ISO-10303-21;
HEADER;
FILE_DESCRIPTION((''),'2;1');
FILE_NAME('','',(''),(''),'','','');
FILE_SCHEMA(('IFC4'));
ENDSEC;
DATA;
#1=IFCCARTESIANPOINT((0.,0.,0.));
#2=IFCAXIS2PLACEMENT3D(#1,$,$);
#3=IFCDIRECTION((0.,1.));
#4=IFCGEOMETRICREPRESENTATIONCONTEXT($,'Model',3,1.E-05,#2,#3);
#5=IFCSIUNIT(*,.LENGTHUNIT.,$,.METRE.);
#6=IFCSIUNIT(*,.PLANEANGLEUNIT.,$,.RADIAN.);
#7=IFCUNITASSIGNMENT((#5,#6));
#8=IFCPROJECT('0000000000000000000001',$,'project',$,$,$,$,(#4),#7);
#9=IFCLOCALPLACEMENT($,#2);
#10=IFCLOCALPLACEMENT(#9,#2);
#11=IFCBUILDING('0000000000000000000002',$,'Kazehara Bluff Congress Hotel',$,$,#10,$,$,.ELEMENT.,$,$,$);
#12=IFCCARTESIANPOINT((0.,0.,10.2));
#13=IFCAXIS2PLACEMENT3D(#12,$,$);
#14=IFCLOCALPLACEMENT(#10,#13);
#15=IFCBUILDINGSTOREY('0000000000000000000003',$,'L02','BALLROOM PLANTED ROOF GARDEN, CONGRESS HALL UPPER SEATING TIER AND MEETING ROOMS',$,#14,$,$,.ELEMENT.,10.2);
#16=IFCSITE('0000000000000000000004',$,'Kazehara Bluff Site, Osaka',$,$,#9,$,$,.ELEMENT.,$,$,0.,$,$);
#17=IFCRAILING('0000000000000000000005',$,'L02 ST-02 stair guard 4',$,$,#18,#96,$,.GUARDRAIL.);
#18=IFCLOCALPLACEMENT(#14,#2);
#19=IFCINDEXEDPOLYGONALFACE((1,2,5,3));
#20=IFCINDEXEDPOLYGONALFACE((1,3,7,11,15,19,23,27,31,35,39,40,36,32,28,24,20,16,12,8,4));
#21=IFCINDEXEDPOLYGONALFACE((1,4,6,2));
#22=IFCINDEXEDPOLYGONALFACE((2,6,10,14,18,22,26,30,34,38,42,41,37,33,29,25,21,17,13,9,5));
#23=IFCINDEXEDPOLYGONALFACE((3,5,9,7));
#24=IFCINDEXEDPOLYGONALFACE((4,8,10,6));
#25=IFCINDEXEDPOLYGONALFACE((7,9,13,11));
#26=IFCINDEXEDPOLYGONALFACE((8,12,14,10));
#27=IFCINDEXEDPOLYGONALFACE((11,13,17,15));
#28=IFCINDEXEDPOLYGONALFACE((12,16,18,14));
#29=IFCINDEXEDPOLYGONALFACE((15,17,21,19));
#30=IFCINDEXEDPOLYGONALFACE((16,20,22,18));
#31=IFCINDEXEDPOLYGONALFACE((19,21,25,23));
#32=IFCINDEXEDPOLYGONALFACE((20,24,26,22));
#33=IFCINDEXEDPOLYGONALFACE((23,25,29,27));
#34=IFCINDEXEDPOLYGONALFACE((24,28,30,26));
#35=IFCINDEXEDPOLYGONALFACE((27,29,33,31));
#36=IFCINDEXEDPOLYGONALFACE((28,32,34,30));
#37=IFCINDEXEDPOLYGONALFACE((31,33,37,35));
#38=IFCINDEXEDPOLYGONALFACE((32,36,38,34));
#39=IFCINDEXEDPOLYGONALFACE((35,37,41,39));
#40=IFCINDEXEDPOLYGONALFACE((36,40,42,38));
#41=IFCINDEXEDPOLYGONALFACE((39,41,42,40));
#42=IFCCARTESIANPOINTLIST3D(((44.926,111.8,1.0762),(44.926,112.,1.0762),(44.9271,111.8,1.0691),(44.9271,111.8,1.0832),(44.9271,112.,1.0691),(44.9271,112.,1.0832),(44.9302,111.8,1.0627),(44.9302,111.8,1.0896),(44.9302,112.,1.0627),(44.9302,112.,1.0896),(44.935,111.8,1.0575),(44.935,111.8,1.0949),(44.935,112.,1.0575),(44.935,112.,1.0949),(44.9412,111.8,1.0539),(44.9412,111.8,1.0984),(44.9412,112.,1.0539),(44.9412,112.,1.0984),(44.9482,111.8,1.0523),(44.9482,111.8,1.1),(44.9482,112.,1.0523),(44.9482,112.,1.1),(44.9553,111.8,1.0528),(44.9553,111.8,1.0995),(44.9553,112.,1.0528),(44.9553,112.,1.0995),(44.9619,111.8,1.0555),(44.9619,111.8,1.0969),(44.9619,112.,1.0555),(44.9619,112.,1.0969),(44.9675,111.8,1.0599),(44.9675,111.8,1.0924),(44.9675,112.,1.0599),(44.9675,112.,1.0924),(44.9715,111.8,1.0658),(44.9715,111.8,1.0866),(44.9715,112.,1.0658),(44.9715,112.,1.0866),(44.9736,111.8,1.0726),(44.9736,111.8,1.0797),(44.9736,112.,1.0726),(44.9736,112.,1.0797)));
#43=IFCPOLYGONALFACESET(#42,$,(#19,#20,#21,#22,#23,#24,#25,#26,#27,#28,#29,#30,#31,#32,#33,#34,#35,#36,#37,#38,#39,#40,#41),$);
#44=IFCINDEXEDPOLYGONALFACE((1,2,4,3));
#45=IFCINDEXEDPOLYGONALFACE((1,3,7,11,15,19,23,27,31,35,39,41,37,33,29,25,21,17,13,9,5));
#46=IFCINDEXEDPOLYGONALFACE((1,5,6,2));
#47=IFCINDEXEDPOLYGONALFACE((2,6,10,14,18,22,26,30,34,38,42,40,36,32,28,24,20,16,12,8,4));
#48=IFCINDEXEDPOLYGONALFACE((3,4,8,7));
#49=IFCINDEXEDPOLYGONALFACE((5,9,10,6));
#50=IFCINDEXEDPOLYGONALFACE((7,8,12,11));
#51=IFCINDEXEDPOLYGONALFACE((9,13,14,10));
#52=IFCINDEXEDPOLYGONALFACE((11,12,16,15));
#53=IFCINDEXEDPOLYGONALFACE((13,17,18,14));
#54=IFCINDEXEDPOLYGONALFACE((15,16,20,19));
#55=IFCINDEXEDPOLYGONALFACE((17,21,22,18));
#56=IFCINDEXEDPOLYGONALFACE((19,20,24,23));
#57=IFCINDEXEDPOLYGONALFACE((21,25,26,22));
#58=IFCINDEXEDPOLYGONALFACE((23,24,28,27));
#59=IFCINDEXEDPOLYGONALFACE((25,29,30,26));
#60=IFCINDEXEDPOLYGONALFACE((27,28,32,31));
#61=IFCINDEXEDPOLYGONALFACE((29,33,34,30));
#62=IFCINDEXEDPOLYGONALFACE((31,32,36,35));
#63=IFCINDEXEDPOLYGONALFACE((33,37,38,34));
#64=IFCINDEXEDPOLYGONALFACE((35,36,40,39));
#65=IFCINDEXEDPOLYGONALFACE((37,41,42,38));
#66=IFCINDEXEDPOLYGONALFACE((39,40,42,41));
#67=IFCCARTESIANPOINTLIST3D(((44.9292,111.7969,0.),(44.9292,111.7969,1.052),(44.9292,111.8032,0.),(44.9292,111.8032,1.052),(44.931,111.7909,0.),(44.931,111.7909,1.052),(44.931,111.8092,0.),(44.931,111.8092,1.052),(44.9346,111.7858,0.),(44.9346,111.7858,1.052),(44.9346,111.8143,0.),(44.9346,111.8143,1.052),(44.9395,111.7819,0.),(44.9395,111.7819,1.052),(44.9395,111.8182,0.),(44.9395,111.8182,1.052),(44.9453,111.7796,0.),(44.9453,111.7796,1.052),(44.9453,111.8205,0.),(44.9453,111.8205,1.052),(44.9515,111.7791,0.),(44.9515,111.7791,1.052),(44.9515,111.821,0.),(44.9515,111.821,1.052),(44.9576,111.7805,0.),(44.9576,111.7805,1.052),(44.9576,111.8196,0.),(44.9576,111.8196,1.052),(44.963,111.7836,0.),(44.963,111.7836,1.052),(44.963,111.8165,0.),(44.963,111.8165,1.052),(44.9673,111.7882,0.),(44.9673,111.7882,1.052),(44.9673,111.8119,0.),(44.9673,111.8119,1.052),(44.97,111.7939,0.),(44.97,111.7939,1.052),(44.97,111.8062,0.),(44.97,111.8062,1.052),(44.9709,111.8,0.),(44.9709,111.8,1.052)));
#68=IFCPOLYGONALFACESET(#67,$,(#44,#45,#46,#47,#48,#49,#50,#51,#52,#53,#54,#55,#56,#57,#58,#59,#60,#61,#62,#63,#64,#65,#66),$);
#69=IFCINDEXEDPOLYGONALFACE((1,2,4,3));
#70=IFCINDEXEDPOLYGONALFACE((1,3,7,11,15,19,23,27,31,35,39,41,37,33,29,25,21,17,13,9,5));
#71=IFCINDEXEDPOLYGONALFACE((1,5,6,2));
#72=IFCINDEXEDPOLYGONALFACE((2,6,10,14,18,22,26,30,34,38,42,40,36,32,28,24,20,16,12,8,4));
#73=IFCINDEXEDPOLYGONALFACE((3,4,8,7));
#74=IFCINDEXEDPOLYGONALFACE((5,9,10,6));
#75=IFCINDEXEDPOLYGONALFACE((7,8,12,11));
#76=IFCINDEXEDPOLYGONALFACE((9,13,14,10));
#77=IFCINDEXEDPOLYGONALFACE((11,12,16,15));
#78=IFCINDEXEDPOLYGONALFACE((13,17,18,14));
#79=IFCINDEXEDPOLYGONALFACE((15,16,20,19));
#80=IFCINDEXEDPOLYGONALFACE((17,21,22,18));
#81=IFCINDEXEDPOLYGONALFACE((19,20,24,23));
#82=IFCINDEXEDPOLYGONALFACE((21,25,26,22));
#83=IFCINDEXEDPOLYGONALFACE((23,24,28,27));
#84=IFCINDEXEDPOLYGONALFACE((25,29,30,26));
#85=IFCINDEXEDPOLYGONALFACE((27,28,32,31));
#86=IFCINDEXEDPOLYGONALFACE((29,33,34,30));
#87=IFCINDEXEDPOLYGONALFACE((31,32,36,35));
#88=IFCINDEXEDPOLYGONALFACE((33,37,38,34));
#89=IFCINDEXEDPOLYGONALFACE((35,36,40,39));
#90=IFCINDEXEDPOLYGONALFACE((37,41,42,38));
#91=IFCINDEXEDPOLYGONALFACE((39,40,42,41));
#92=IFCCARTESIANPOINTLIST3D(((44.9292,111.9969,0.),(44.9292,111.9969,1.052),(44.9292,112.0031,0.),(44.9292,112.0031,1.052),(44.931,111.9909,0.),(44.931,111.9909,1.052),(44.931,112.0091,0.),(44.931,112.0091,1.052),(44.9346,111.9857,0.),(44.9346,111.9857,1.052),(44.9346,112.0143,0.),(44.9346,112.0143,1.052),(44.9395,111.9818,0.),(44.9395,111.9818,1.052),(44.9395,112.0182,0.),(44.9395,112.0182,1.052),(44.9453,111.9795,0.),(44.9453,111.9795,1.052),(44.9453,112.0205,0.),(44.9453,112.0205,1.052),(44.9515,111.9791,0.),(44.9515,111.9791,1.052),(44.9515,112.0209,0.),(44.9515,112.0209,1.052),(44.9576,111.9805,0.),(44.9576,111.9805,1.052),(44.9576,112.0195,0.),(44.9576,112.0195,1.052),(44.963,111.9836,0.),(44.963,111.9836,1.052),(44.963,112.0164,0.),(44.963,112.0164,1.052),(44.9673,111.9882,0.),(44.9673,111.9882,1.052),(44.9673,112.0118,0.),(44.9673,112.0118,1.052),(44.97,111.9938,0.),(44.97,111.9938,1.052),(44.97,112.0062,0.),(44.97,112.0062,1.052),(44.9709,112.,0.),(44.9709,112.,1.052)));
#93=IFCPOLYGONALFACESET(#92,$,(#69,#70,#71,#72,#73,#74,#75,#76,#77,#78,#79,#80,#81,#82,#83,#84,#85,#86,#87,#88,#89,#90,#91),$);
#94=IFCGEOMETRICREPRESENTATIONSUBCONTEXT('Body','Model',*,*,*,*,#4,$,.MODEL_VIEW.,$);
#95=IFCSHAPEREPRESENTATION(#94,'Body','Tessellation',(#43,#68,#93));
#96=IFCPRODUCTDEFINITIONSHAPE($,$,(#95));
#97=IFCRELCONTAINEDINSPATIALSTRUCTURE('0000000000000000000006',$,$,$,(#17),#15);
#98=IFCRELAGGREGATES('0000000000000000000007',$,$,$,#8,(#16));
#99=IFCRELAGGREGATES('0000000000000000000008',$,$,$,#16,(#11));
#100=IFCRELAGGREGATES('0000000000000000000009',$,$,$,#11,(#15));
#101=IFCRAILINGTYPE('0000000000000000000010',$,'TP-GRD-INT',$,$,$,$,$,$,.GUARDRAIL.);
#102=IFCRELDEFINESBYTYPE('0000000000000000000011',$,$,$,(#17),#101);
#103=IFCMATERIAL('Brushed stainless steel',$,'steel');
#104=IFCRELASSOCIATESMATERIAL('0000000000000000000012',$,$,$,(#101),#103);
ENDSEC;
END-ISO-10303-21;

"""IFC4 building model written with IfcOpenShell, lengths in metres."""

from ifc_helpers import new_model, si_unit, direction, frame, origin, origin_2d, place, context, subcontext, project, spatial, circle, extrude, material, type_object, element, save


model = new_model("IFC4")

# Units and contexts
model_context = context("Model", 3, precision=1e-05, world=origin(), true_north=direction((0.0, 1.0)))
body_context = subcontext(model_context, "Body", "Model", "MODEL_VIEW")
ifc_project = project(units=[si_unit("LENGTHUNIT", "METRE"), si_unit("PLANEANGLEUNIT", "RADIAN")], contexts=[model_context])

# Site, building, storey
site_placement = place(None, origin())
site = spatial("IfcSite", under=ifc_project, at=site_placement, Name="Kazehara Bluff Site, Osaka", CompositionType="ELEMENT", RefElevation=0.0)
building_placement = place(site_placement, origin())
building = spatial("IfcBuilding", under=site, at=building_placement, Name="Kazehara Bluff Congress Hotel", CompositionType="ELEMENT")
storey_placement = place(building_placement, frame((0.0, 0.0, 10.2)))
storey = spatial("IfcBuildingStorey", under=building, at=storey_placement, Name="L02", Description="BALLROOM PLANTED ROOF GARDEN, CONGRESS HALL UPPER SEATING TIER AND MEETING ROOMS", CompositionType="ELEMENT", Elevation=10.2)

# Railing
ifc_material_1 = material(Name="Brushed stainless steel", Category="steel")
railing_type_1 = type_object("IfcRailingType", Name="TP-GRD-INT", PredefinedType="GUARDRAIL", material=ifc_material_1)
railing_1_placement = place(storey_placement, frame((44.95, 111.8, 0.0)))
element("IfcRailing", 1, at=railing_1_placement, inside=storey, type_object=railing_type_1, Name="L02 ST-02 stair guard 4", PredefinedType="GUARDRAIL", context=body_context, shape_type="SweptSolid", body=[
    extrude(circle(Radius=0.0239, at=origin_2d()), frame((0.0, 0.0, 1.0762), z_axis=(0.0, 1.0, 0.0), x_axis=(-1.0, 0.0, 0.0)), (0.0, 0.0, 1.0), 0.2),
    extrude(circle(Radius=0.021, at=origin_2d()), origin(), (0.0, 0.0, 1.0), 1.052),
    extrude(circle(Radius=0.021, at=origin_2d()), frame((0.0, 0.2, 0.0)), (0.0, 0.0, 1.0), 1.052),
])

save(model, "model.ifc")
